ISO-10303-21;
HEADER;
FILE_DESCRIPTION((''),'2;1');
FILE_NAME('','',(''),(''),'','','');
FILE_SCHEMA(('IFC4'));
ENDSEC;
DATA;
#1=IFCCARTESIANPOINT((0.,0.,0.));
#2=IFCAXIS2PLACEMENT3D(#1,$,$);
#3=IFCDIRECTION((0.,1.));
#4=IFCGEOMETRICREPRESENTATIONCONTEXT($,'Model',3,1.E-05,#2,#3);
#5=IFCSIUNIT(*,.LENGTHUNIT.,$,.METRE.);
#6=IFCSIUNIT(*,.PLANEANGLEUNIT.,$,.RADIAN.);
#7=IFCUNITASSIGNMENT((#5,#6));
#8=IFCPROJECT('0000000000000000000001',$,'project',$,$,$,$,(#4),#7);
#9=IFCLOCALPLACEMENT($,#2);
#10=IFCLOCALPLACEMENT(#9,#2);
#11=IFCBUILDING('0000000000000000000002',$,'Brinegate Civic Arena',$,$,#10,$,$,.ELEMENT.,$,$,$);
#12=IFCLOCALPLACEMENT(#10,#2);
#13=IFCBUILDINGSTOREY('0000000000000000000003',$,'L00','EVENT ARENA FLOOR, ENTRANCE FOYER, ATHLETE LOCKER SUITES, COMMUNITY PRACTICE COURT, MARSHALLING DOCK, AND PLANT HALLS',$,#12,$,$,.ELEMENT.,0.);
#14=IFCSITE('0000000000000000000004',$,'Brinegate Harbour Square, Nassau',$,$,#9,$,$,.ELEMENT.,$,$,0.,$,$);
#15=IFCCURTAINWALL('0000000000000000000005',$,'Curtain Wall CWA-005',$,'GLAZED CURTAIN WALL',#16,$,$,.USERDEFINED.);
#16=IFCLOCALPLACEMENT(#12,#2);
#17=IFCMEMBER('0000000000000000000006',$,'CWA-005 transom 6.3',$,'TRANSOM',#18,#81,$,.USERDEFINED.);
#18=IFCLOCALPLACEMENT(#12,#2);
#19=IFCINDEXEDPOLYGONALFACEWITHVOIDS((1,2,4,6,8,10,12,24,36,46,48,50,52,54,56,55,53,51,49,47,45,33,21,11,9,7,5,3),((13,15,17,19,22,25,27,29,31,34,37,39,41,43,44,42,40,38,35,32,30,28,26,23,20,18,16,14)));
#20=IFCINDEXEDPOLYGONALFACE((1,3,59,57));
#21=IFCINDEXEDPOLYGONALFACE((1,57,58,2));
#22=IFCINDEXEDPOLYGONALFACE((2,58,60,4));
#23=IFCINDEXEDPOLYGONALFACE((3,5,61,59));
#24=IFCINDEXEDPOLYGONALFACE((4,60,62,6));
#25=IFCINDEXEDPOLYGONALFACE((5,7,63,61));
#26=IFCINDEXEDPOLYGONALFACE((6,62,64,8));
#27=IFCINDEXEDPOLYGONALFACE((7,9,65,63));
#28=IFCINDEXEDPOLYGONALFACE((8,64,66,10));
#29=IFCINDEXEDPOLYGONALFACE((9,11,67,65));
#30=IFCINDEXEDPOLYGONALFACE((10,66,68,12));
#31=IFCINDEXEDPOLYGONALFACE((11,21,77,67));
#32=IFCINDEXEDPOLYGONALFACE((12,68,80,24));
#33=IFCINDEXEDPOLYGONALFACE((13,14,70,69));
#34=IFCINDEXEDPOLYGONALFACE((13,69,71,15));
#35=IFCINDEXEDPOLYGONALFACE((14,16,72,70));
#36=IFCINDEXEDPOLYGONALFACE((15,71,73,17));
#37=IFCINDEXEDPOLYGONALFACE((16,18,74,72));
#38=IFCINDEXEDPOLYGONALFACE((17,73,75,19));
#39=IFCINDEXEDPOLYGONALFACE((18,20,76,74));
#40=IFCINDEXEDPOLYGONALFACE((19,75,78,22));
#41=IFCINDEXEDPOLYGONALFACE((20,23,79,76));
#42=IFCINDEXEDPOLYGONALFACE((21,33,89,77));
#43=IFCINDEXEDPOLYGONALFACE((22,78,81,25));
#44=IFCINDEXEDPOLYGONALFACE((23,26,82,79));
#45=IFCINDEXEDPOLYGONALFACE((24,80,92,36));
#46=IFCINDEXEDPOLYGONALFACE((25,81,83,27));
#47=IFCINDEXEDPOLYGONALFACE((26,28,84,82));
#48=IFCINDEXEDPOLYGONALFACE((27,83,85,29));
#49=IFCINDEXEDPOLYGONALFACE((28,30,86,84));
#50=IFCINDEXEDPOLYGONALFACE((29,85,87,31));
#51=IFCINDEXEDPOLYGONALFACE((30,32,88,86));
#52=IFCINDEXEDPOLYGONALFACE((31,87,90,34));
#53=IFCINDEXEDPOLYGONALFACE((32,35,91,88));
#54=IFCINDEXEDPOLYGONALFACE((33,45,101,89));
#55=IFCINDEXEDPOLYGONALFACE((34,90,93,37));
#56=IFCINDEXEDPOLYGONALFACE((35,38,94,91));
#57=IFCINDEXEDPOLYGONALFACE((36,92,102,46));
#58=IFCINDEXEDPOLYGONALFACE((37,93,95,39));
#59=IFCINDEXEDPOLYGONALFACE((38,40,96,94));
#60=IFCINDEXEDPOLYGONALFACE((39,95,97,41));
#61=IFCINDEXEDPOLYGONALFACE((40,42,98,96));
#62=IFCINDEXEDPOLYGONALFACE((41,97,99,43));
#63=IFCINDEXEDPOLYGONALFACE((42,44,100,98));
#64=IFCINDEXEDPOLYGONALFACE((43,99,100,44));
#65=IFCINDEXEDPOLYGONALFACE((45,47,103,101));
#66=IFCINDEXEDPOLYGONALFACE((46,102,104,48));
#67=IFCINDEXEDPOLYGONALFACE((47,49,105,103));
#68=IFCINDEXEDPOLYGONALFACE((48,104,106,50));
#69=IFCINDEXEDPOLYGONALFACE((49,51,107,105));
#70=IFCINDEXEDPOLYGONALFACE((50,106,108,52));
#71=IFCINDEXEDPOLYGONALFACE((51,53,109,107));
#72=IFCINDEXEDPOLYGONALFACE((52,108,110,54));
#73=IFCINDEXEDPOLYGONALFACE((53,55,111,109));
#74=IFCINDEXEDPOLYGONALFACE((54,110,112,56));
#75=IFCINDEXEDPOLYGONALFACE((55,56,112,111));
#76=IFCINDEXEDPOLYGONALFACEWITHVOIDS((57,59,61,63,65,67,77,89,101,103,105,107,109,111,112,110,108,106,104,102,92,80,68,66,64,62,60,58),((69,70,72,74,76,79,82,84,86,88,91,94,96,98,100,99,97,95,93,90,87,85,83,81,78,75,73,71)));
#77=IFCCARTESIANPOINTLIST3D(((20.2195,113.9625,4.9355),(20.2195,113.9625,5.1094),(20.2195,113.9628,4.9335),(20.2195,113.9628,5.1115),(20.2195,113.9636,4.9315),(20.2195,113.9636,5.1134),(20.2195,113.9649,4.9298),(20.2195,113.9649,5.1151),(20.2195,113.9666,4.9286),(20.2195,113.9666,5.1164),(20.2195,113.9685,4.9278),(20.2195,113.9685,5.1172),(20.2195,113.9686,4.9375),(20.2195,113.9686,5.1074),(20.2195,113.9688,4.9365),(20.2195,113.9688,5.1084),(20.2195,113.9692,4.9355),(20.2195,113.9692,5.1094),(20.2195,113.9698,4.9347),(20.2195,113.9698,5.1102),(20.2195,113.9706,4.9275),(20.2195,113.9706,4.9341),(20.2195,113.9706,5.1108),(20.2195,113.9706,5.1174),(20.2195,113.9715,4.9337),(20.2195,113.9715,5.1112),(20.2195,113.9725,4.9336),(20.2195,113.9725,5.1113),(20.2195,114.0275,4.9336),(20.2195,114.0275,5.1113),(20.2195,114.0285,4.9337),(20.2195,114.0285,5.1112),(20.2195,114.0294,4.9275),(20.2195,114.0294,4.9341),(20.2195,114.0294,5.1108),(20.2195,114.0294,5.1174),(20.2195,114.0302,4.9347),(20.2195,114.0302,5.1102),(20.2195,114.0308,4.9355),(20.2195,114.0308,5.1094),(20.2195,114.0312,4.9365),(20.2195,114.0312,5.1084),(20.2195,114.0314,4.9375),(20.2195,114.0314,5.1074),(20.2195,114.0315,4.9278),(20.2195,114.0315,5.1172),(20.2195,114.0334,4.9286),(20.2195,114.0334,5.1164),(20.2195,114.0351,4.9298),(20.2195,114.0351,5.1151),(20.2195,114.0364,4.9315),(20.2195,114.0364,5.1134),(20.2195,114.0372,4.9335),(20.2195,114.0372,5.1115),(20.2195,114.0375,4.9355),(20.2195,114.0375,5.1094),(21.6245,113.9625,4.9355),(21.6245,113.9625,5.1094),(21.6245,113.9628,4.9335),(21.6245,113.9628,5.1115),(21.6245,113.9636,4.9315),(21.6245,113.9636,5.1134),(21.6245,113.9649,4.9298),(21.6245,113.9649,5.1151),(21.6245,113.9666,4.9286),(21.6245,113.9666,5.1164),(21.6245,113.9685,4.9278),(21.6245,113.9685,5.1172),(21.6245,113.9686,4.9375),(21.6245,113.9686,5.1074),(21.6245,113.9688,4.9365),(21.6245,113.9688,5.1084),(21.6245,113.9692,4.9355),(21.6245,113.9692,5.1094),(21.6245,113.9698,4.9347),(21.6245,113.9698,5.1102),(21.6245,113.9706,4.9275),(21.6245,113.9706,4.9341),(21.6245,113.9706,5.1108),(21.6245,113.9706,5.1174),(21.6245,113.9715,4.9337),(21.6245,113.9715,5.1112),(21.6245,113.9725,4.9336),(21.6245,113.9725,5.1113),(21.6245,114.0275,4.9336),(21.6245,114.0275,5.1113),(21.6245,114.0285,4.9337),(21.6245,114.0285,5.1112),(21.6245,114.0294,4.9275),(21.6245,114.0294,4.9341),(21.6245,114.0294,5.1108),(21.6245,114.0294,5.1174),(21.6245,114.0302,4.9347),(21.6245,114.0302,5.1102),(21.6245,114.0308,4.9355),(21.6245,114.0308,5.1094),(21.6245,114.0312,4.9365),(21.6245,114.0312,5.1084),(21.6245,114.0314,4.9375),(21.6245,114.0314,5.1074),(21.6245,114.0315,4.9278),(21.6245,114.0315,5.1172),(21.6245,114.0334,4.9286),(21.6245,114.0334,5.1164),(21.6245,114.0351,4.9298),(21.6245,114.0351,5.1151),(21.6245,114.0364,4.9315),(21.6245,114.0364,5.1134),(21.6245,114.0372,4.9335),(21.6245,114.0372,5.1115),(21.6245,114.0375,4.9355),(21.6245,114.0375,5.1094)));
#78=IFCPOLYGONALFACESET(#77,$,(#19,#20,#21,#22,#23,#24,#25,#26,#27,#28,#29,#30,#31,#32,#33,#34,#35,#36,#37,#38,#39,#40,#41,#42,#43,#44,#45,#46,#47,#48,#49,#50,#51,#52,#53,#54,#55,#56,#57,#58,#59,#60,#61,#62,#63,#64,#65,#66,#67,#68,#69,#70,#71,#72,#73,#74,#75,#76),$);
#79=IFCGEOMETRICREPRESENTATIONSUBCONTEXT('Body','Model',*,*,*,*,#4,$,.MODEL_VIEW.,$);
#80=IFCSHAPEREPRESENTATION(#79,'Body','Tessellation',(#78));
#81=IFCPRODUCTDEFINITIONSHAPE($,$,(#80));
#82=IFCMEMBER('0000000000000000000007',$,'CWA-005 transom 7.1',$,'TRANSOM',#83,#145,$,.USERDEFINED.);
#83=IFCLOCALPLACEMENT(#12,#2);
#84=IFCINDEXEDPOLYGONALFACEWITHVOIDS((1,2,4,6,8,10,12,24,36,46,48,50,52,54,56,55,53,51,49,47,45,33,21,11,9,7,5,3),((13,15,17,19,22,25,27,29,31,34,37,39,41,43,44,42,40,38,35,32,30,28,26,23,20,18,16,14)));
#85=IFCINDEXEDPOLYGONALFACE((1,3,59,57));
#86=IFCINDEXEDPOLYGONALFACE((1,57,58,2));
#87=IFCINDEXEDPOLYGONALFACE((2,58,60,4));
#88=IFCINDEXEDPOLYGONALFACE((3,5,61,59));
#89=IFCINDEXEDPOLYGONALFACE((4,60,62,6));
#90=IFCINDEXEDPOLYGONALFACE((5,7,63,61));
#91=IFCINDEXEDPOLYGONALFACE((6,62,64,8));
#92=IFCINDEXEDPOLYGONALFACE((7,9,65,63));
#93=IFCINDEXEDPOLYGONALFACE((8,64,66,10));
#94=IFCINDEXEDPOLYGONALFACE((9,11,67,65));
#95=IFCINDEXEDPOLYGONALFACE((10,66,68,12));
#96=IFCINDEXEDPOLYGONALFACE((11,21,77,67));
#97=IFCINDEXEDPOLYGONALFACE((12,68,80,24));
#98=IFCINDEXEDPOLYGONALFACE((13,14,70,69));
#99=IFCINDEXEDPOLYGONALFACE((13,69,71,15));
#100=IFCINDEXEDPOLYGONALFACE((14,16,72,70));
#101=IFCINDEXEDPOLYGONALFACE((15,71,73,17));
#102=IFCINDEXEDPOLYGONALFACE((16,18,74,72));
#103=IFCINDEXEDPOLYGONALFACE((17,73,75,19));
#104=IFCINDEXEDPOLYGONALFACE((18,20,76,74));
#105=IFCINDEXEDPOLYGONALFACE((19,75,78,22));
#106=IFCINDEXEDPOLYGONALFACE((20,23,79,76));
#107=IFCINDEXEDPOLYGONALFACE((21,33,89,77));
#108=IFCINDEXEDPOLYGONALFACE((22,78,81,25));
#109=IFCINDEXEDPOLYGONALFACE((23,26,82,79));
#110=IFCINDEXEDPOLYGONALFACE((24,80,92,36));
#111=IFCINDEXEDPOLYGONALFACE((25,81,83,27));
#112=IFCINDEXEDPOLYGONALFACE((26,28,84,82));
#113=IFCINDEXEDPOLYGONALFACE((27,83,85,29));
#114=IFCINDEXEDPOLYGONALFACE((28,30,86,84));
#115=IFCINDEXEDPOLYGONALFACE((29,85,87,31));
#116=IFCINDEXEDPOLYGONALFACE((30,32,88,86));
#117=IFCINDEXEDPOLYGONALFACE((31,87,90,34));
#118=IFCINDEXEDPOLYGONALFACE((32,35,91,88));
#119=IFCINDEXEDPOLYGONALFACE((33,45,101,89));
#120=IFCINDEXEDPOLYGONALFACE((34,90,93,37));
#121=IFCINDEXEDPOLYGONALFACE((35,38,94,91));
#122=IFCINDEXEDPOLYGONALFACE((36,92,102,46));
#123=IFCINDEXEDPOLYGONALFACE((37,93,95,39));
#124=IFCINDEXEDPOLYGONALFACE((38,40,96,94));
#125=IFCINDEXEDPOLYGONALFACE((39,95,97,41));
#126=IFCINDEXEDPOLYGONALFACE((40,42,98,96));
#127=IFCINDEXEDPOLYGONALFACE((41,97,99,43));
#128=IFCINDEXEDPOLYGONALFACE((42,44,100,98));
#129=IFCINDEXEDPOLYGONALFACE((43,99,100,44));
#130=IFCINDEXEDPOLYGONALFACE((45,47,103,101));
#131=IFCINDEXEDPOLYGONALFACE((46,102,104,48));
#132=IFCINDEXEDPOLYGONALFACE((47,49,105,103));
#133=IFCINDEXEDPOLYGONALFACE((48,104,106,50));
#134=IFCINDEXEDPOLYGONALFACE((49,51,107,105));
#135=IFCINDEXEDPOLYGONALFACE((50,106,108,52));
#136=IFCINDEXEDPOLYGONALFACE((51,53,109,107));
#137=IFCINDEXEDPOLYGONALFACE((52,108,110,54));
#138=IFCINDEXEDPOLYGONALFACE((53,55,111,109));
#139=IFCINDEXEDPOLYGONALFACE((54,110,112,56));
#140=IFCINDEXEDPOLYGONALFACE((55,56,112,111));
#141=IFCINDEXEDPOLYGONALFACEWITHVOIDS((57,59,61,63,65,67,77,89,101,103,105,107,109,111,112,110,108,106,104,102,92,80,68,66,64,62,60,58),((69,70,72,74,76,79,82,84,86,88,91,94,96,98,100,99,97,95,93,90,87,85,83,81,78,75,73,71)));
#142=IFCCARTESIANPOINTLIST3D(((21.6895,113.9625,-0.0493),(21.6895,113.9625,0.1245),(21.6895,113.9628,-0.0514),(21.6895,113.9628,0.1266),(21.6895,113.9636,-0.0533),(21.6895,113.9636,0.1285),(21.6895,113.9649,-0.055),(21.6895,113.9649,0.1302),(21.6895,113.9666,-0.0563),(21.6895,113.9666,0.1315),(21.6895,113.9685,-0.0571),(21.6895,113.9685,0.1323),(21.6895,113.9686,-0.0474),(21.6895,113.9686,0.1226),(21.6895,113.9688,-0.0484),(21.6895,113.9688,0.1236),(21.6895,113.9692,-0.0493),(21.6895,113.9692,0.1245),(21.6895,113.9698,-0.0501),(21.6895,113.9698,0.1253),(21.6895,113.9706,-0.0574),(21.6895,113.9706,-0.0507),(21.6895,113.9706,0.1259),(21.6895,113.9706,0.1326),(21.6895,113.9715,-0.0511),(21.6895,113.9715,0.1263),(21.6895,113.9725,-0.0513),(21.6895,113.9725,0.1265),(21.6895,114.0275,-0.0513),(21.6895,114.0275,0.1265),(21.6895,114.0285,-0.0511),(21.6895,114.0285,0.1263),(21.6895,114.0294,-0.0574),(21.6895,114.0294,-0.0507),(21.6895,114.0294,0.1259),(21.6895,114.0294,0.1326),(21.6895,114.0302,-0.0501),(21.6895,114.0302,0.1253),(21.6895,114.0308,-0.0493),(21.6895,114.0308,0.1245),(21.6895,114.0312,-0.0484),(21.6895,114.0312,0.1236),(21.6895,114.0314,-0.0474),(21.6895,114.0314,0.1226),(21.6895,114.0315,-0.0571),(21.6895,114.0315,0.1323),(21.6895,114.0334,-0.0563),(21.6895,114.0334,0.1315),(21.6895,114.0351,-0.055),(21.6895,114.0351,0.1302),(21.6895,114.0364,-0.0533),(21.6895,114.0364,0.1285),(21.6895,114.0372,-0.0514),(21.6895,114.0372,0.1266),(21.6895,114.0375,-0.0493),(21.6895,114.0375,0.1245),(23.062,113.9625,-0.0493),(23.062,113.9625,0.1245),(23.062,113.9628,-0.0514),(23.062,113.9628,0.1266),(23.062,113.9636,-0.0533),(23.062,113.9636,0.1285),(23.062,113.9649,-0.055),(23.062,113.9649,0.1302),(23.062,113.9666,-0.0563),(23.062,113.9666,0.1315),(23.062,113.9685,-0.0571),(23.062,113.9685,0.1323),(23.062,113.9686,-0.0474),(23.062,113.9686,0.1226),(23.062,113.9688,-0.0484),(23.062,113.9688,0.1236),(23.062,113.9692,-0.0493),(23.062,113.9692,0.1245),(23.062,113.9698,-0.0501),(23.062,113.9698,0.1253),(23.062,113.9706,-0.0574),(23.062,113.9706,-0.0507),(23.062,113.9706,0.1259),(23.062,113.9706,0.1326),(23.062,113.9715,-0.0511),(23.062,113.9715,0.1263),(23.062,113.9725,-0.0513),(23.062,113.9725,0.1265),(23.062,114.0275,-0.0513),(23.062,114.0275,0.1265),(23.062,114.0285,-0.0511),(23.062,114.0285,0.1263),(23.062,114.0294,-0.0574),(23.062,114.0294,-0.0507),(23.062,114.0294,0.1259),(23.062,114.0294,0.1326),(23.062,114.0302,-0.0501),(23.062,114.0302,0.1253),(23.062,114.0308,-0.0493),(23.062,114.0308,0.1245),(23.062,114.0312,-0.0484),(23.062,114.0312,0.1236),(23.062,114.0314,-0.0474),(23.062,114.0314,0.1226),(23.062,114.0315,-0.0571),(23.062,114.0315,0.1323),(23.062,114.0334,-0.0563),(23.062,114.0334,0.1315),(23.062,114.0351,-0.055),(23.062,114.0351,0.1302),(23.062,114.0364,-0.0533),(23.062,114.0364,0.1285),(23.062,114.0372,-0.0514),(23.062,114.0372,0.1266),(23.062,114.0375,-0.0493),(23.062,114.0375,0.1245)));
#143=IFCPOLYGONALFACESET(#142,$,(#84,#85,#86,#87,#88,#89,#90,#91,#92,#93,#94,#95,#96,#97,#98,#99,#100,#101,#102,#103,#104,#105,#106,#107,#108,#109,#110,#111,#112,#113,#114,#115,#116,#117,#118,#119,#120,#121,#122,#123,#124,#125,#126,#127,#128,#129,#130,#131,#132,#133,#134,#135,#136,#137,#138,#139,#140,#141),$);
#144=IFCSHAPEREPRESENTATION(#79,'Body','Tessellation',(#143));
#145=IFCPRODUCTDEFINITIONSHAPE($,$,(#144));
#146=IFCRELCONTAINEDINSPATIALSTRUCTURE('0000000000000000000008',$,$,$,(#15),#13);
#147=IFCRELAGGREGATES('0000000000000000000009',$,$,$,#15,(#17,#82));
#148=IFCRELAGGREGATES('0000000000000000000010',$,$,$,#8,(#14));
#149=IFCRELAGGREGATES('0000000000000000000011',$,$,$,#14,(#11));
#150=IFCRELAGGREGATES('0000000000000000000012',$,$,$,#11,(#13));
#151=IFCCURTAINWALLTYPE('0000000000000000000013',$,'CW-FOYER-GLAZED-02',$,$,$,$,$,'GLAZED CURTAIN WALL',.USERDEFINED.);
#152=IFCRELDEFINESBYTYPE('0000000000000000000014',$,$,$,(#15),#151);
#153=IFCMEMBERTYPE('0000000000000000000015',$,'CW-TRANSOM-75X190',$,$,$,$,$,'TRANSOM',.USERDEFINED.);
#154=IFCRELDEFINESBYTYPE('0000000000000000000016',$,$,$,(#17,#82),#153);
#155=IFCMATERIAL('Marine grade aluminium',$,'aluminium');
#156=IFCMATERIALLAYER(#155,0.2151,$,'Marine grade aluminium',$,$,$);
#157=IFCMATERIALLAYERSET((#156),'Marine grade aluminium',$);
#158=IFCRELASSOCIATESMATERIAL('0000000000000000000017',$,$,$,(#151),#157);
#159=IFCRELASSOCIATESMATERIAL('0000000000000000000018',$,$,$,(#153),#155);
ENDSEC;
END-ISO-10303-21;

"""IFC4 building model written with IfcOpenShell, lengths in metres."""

from ifc_helpers import new_model, si_unit, direction, frame, origin, origin_2d, place, context, subcontext, project, spatial, hollow_rectangle, extrude, material, layer, layer_set, material_profile, profile_set, type_object, element, aggregate, save


model = new_model("IFC4")

# Units and contexts
model_context = context("Model", 3, precision=1e-05, world=origin(), true_north=direction((0.0, 1.0)))
body_context = subcontext(model_context, "Body", "Model", "MODEL_VIEW")
ifc_project = project(units=[si_unit("LENGTHUNIT", "METRE"), si_unit("PLANEANGLEUNIT", "RADIAN")], contexts=[model_context])

# Site, building, storey
site_placement = place(None, origin())
site = spatial("IfcSite", under=ifc_project, at=site_placement, Name="Brinegate Harbour Square, Nassau", CompositionType="ELEMENT", RefElevation=0.0)
building_placement = place(site_placement, origin())
building = spatial("IfcBuilding", under=site, at=building_placement, Name="Brinegate Civic Arena", CompositionType="ELEMENT")
storey_placement = place(building_placement, origin())
storey = spatial("IfcBuildingStorey", under=building, at=storey_placement, Name="L00", Description="EVENT ARENA FLOOR, ENTRANCE FOYER, ATHLETE LOCKER SUITES, COMMUNITY PRACTICE COURT, MARSHALLING DOCK, AND PLANT HALLS", CompositionType="ELEMENT", Elevation=0.0)

# Curtain wall, members
ifc_material_1 = material(Name="Marine grade aluminium", Category="aluminium")
ifc_layer_1 = layer(ifc_material_1, 0.2151, Name="Marine grade aluminium")
ifc_layer_set_1 = layer_set([ifc_layer_1], Name="Marine grade aluminium")
curtain_wall_type = type_object("IfcCurtainWallType", Name="CW-FOYER-GLAZED-02", ElementType="GLAZED CURTAIN WALL", PredefinedType="USERDEFINED", material=ifc_layer_set_1)
curtain_wall_placement = place(storey_placement, origin())
curtain_wall = element("IfcCurtainWall", 1, at=curtain_wall_placement, inside=storey, type_object=curtain_wall_type, Name="Curtain Wall CWA-005", ObjectType="GLAZED CURTAIN WALL", PredefinedType="USERDEFINED")
ifc_material_profile_1 = material_profile(ifc_material_1, hollow_rectangle(XDim=0.075, YDim=0.1899, WallThickness=0.0061, InnerFilletRadius=0.0039, OuterFilletRadius=0.0081, at=origin_2d()), Name="TRN75X190")
ifc_profile_set_1 = profile_set([ifc_material_profile_1], Name="Marine grade aluminium")
member_type_1 = type_object("IfcMemberType", Name="CW-TRANSOM-75X190", ElementType="TRANSOM", PredefinedType="USERDEFINED", material=ifc_profile_set_1)
member_1_placement = place(storey_placement, frame((20.2195, 114.0, 5.0225), z_axis=(1.0, 0.0, 0.0), x_axis=(0.0, 1.0, 0.0)))
member_1 = element("IfcMember", 2, at=member_1_placement, type_object=member_type_1, Name="CWA-005 transom 6.3", ObjectType="TRANSOM", PredefinedType="USERDEFINED", context=body_context, shape_type="SweptSolid", body=[
    extrude(hollow_rectangle(XDim=0.075, YDim=0.1899, WallThickness=0.0061, InnerFilletRadius=0.0039, OuterFilletRadius=0.0081, at=origin_2d()), origin(), (0.0, 0.0, 1.0), 1.405),
])
member_2_placement = place(storey_placement, frame((21.6895, 114.0, 0.0376), z_axis=(1.0, 0.0, 0.0), x_axis=(0.0, 1.0, 0.0)))
member_2 = element("IfcMember", 3, at=member_2_placement, type_object=member_type_1, Name="CWA-005 transom 7.1", ObjectType="TRANSOM", PredefinedType="USERDEFINED", context=body_context, shape_type="SweptSolid", body=[
    extrude(hollow_rectangle(XDim=0.075, YDim=0.1899, WallThickness=0.0061, InnerFilletRadius=0.0039, OuterFilletRadius=0.0081, at=origin_2d()), origin(), (0.0, 0.0, 1.0), 1.3726),
])

aggregate(curtain_wall, [member_1, member_2])

save(model, "model.ifc")
